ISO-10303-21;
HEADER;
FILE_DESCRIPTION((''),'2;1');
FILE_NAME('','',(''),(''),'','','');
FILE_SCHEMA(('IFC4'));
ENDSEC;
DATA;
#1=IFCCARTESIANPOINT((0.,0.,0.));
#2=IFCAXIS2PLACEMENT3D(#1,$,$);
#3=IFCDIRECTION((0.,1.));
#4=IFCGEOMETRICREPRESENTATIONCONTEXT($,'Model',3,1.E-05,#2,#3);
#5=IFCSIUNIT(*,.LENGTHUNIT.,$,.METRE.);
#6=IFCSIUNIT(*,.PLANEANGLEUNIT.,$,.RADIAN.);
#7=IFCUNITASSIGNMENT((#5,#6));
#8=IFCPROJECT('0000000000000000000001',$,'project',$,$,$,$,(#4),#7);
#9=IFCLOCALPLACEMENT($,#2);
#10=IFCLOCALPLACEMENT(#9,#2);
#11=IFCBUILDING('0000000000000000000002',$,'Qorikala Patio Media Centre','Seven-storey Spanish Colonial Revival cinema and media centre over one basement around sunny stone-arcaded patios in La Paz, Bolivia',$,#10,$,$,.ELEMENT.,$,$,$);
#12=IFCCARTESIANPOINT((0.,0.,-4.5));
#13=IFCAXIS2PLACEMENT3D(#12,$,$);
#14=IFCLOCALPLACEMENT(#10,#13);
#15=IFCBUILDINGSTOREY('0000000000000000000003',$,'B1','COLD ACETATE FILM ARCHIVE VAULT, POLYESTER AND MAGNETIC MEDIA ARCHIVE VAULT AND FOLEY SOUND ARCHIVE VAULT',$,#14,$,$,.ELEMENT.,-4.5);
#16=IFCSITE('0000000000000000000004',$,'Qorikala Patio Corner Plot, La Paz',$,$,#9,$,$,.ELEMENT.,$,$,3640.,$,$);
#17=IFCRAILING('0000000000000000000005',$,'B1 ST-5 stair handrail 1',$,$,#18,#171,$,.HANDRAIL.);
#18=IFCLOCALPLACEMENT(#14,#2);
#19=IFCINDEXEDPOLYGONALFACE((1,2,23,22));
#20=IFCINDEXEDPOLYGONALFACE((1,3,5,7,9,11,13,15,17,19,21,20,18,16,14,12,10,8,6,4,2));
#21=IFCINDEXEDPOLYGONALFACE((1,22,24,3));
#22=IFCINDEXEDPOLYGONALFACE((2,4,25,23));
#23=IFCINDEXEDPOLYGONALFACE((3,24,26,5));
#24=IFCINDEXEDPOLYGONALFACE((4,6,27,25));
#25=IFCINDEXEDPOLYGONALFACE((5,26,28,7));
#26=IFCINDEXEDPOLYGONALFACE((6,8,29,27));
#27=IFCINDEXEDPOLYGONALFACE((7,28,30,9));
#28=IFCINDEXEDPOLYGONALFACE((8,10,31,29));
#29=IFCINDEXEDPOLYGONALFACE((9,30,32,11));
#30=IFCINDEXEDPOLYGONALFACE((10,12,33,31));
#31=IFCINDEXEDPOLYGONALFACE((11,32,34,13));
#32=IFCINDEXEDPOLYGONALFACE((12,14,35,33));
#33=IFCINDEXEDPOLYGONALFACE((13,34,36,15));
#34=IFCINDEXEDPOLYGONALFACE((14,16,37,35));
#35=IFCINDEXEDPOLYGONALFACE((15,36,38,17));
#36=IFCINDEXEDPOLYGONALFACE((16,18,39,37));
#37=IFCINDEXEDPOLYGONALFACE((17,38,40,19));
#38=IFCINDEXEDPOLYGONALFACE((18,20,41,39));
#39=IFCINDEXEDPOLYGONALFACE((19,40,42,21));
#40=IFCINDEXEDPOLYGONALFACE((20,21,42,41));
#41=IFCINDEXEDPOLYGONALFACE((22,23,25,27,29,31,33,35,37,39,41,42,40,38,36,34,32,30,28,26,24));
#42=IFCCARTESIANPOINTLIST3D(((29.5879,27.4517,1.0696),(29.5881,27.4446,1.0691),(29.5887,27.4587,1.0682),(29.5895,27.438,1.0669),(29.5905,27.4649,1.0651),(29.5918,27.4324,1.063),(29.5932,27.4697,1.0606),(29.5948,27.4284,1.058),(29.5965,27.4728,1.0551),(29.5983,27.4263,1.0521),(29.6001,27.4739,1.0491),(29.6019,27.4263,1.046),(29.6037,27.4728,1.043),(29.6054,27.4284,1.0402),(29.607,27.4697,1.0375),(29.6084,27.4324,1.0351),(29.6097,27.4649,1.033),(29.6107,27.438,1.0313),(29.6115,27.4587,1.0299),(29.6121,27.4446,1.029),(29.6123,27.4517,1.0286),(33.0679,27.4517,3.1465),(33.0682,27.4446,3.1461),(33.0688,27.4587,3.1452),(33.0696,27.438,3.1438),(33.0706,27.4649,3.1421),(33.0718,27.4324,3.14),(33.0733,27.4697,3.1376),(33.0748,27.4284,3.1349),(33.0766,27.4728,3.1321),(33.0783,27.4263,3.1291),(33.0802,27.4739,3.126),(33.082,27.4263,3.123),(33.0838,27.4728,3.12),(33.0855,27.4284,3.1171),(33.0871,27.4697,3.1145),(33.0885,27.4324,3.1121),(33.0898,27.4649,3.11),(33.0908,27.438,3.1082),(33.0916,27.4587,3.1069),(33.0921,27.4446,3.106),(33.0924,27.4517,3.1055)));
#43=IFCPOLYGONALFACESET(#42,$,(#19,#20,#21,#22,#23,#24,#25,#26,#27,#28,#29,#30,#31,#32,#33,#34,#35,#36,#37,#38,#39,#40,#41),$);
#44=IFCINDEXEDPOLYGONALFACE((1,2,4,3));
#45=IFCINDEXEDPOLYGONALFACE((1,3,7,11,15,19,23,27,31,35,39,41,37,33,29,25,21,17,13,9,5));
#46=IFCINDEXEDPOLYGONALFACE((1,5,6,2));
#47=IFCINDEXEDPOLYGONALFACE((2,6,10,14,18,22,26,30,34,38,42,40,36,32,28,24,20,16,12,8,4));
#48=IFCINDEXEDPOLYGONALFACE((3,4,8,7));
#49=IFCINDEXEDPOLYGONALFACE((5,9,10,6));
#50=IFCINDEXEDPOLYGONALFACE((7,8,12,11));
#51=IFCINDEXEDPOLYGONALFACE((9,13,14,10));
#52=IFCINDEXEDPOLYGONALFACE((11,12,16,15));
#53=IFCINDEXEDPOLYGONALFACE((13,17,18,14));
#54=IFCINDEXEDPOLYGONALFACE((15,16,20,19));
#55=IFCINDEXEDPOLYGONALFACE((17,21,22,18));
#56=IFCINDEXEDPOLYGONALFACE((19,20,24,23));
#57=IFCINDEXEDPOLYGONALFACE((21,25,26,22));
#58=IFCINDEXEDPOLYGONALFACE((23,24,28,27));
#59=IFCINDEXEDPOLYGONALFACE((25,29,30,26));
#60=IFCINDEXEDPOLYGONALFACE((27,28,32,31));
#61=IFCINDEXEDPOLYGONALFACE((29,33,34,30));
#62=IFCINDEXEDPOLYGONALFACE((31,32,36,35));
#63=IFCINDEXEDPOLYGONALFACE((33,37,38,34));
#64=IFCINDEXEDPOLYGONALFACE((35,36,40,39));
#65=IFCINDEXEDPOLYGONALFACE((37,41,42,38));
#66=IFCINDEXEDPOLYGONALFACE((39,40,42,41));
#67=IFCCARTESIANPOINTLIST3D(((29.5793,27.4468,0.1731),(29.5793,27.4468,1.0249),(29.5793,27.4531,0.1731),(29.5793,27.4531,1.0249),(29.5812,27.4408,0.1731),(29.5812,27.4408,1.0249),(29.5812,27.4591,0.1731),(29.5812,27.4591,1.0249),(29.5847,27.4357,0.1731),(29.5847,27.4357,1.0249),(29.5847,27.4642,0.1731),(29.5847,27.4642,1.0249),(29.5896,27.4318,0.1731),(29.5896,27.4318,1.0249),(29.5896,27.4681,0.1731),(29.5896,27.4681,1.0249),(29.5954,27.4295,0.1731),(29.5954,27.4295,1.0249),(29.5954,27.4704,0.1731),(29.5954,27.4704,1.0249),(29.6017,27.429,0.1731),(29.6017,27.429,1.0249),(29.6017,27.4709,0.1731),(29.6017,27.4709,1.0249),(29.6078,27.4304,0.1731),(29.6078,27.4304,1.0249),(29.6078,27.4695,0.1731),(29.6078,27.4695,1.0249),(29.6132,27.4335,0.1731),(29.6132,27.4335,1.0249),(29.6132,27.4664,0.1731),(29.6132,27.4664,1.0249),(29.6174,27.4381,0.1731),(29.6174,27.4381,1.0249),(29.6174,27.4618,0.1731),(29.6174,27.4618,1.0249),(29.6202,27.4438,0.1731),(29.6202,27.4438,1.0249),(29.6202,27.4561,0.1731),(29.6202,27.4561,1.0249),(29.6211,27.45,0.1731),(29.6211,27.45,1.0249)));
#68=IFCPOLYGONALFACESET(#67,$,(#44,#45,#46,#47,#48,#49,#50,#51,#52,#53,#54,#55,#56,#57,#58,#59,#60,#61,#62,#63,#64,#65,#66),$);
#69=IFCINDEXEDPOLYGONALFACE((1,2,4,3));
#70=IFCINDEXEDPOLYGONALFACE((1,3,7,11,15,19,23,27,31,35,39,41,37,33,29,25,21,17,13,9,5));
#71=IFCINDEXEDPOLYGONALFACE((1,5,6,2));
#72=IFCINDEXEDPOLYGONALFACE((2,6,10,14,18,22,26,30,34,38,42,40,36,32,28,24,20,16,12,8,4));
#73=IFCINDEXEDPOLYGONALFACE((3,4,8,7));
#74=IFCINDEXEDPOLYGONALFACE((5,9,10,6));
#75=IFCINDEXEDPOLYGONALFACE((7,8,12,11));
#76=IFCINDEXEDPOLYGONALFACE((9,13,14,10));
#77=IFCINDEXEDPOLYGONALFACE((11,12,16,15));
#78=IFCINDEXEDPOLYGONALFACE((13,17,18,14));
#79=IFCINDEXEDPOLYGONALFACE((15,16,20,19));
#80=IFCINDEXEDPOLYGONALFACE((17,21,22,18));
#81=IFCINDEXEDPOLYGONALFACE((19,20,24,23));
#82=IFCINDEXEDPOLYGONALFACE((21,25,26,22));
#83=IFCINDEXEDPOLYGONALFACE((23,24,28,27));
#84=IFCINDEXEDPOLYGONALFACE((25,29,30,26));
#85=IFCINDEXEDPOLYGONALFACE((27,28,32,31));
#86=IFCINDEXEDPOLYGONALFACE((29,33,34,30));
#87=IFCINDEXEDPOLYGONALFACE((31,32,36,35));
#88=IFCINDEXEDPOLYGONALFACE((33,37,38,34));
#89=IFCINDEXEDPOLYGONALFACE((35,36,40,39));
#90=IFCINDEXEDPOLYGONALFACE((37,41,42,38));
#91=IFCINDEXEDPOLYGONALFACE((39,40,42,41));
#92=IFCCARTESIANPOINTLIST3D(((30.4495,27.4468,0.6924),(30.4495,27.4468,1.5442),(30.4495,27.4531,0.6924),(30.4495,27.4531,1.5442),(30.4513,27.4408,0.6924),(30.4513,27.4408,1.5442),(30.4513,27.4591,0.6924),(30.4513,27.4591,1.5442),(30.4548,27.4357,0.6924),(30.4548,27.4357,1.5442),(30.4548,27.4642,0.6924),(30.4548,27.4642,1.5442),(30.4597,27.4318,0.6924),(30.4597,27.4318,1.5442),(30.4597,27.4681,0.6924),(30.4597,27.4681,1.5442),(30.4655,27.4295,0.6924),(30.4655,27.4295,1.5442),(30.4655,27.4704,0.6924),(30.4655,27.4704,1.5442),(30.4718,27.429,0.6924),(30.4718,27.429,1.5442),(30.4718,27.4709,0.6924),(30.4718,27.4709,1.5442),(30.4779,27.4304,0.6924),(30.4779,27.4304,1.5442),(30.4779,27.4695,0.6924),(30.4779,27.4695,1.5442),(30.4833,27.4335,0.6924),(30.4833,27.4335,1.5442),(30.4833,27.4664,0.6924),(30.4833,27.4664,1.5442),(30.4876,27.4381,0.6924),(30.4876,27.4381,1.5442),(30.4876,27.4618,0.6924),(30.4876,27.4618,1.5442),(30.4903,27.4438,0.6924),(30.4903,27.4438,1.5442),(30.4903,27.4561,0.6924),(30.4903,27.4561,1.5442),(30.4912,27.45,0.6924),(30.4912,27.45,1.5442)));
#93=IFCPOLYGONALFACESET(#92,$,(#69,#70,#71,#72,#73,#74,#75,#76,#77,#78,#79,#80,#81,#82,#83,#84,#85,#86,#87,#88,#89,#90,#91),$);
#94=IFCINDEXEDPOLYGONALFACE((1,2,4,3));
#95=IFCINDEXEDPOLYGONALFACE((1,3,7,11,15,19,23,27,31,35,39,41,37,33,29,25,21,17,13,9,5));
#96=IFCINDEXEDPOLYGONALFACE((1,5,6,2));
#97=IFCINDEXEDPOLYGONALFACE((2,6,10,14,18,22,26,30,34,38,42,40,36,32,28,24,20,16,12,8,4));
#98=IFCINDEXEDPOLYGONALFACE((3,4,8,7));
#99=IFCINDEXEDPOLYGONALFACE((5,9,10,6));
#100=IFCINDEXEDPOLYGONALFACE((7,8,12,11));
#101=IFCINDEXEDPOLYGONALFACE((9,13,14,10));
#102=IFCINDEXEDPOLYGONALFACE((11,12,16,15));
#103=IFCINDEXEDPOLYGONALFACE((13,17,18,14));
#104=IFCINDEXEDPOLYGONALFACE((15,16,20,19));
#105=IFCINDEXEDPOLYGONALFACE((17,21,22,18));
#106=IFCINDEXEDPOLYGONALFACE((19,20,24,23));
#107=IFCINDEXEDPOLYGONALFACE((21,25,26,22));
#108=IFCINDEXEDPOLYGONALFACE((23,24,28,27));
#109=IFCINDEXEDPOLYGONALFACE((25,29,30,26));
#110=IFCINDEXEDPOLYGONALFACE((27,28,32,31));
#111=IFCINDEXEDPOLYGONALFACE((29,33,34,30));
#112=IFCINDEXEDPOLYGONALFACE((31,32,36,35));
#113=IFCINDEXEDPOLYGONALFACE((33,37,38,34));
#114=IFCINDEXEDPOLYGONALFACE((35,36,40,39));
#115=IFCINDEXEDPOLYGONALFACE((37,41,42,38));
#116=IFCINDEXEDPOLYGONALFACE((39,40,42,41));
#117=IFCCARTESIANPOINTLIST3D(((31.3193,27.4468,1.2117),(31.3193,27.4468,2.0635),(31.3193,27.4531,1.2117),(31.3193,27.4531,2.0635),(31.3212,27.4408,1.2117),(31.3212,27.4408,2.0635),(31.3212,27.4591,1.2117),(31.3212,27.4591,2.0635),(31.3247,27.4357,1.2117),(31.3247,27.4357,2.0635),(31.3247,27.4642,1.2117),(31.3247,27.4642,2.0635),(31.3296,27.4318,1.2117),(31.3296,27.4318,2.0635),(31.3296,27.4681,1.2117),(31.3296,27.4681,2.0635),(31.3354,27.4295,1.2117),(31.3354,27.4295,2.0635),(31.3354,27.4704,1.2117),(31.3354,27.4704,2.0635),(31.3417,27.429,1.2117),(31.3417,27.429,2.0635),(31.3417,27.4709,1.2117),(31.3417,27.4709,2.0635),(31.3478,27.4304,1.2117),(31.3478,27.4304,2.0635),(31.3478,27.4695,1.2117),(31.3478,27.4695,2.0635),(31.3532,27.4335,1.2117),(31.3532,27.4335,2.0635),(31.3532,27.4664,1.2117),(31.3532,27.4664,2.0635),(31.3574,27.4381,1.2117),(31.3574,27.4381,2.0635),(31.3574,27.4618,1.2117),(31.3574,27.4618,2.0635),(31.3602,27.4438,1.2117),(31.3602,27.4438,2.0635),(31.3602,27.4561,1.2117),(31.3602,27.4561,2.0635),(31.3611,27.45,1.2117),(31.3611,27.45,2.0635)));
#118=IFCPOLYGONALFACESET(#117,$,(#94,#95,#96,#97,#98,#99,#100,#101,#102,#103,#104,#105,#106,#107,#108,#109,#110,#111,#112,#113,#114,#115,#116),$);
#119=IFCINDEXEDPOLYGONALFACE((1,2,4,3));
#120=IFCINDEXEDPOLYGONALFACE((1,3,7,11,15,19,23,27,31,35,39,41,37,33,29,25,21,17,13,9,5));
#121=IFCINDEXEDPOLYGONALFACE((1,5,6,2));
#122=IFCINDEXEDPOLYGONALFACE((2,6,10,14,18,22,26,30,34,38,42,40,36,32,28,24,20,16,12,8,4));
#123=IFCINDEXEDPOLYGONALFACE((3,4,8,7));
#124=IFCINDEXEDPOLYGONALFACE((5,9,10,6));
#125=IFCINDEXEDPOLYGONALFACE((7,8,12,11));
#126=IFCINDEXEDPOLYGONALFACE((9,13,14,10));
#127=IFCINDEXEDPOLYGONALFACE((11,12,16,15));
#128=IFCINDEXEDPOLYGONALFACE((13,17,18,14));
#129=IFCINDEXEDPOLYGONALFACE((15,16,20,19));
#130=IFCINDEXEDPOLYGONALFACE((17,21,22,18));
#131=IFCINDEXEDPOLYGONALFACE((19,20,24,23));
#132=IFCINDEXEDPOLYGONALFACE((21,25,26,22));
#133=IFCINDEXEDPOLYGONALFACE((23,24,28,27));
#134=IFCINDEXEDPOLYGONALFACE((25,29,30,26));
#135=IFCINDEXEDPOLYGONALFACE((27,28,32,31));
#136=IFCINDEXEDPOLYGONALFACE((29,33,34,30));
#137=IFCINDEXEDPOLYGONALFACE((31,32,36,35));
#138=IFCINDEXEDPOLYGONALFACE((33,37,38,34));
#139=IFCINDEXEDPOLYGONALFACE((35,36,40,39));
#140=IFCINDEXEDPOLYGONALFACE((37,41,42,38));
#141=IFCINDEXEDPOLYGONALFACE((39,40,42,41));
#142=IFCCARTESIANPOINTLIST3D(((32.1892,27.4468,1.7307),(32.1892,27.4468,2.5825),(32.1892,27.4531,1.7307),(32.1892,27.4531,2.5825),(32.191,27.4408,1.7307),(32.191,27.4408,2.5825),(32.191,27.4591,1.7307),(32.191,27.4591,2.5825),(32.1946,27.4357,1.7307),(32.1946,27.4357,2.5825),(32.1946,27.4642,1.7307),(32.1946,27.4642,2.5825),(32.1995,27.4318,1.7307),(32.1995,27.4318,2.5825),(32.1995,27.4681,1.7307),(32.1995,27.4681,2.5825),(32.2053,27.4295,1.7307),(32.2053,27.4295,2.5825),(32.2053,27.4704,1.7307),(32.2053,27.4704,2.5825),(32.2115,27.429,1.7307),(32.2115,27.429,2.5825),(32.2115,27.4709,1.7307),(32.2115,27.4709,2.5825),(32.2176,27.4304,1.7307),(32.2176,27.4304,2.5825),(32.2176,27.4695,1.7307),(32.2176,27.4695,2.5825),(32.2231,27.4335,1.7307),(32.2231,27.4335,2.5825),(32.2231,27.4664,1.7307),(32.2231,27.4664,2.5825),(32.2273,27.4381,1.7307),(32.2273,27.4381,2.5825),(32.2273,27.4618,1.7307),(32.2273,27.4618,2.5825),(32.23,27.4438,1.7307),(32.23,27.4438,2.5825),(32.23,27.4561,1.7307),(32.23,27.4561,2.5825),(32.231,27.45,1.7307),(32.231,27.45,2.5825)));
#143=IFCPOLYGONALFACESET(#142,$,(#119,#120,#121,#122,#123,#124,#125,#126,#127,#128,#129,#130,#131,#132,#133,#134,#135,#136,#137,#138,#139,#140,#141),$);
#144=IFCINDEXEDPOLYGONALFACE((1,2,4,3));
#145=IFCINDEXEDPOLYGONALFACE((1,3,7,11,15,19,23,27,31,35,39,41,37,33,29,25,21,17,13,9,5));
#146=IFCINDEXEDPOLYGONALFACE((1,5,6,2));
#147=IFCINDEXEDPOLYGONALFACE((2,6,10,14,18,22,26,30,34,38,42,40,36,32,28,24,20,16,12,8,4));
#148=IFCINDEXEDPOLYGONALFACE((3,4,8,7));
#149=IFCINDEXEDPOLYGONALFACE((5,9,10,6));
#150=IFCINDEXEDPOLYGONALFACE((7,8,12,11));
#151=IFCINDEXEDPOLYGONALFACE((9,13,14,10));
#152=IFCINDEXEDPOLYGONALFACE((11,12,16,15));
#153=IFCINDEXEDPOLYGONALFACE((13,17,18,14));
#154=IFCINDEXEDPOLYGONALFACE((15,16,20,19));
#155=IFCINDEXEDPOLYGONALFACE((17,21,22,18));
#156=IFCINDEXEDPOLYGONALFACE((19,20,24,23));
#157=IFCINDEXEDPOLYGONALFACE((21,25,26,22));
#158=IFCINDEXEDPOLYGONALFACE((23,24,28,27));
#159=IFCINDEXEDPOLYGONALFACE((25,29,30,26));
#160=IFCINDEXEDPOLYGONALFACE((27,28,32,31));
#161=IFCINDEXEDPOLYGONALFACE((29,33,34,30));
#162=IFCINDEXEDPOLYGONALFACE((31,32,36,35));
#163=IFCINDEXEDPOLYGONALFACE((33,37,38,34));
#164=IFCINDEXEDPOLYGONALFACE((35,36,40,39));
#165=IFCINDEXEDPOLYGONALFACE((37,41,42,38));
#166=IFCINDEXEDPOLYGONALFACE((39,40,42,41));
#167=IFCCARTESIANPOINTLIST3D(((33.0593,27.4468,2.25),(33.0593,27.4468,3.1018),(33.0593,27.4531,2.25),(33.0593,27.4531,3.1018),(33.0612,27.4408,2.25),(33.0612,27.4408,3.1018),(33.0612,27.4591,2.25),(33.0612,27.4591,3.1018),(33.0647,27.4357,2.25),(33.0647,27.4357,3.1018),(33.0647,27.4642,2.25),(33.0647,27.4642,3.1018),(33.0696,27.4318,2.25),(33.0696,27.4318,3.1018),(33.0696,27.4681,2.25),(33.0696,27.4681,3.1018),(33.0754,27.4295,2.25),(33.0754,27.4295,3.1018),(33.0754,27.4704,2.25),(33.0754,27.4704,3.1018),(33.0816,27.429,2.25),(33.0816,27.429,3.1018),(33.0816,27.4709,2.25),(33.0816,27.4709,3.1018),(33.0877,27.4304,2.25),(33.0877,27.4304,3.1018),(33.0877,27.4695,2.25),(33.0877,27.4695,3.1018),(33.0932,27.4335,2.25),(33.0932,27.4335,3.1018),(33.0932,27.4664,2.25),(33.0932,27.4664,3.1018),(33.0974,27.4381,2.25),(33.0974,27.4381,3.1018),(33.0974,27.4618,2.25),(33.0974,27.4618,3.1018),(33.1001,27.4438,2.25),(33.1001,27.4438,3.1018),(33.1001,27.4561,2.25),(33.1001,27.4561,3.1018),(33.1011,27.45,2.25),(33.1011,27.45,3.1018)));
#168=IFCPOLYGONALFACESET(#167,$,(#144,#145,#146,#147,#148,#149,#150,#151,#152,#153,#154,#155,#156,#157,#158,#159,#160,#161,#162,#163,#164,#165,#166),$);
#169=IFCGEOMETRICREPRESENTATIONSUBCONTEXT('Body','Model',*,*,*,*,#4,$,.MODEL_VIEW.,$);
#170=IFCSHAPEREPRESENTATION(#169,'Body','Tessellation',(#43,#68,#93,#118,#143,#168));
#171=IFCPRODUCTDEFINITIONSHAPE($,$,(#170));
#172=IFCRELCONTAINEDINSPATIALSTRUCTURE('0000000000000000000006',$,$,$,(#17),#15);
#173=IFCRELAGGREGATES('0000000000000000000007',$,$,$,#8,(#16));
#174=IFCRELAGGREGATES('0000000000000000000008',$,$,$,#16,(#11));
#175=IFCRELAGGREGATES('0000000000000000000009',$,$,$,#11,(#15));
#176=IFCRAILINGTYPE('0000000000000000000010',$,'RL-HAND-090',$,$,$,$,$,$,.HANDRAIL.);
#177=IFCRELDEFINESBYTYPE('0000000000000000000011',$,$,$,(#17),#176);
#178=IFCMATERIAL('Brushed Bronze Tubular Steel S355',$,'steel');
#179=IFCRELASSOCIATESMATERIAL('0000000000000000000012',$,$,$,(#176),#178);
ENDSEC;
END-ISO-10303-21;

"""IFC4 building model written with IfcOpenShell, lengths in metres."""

from ifc_helpers import new_model, si_unit, direction, frame, origin, origin_2d, place, context, subcontext, project, spatial, circle, extrude, material, type_object, element, save


model = new_model("IFC4")

# Units and contexts
model_context = context("Model", 3, precision=1e-05, world=origin(), true_north=direction((0.0, 1.0)))
body_context = subcontext(model_context, "Body", "Model", "MODEL_VIEW")
ifc_project = project(units=[si_unit("LENGTHUNIT", "METRE"), si_unit("PLANEANGLEUNIT", "RADIAN")], contexts=[model_context])

# Site, building, storey
site_placement = place(None, origin())
site = spatial("IfcSite", under=ifc_project, at=site_placement, Name="Qorikala Patio Corner Plot, La Paz", CompositionType="ELEMENT", RefElevation=3640.0)
building_placement = place(site_placement, origin())
building = spatial("IfcBuilding", under=site, at=building_placement, Name="Qorikala Patio Media Centre", Description="Seven-storey Spanish Colonial Revival cinema and media centre over one basement around sunny stone-arcaded patios in La Paz, Bolivia", CompositionType="ELEMENT")
storey_placement = place(building_placement, frame((0.0, 0.0, -4.5)))
storey = spatial("IfcBuildingStorey", under=building, at=storey_placement, Name="B1", Description="COLD ACETATE FILM ARCHIVE VAULT, POLYESTER AND MAGNETIC MEDIA ARCHIVE VAULT AND FOLEY SOUND ARCHIVE VAULT", CompositionType="ELEMENT", Elevation=-4.5)

# Railing
ifc_material_1 = material(Name="Brushed Bronze Tubular Steel S355", Category="steel")
railing_type = type_object("IfcRailingType", Name="RL-HAND-090", PredefinedType="HANDRAIL", material=ifc_material_1)
railing_placement = place(storey_placement, frame((29.6001, 27.45, 0.1731)))
element("IfcRailing", 1, at=railing_placement, inside=storey, type_object=railing_type, Name="B1 ST-5 stair handrail 1", PredefinedType="HANDRAIL", context=body_context, shape_type="SweptSolid", body=[
    extrude(circle(Radius=0.0239, at=origin_2d()), frame((0.0, 0.0, 0.876), z_axis=(0.858697, 0.0, 0.512483), x_axis=(0.0, 1.0, 0.0)), (0.0, 0.0, 1.0), 4.0527),
    extrude(circle(Radius=0.021, at=origin_2d()), origin(), (0.0, 0.0, 1.0), 0.8518),
    extrude(circle(Radius=0.021, at=origin_2d()), frame((0.8701, 0.0, 0.5193)), (0.0, 0.0, 1.0), 0.8518),
    extrude(circle(Radius=0.021, at=origin_2d()), frame((1.74, 0.0, 1.0386)), (0.0, 0.0, 1.0), 0.8518),
    extrude(circle(Radius=0.021, at=origin_2d()), frame((2.6099, 0.0, 1.5576)), (0.0, 0.0, 1.0), 0.8518),
    extrude(circle(Radius=0.021, at=origin_2d()), frame((3.48, 0.0, 2.0769)), (0.0, 0.0, 1.0), 0.8518),
])

save(model, "model.ifc")
